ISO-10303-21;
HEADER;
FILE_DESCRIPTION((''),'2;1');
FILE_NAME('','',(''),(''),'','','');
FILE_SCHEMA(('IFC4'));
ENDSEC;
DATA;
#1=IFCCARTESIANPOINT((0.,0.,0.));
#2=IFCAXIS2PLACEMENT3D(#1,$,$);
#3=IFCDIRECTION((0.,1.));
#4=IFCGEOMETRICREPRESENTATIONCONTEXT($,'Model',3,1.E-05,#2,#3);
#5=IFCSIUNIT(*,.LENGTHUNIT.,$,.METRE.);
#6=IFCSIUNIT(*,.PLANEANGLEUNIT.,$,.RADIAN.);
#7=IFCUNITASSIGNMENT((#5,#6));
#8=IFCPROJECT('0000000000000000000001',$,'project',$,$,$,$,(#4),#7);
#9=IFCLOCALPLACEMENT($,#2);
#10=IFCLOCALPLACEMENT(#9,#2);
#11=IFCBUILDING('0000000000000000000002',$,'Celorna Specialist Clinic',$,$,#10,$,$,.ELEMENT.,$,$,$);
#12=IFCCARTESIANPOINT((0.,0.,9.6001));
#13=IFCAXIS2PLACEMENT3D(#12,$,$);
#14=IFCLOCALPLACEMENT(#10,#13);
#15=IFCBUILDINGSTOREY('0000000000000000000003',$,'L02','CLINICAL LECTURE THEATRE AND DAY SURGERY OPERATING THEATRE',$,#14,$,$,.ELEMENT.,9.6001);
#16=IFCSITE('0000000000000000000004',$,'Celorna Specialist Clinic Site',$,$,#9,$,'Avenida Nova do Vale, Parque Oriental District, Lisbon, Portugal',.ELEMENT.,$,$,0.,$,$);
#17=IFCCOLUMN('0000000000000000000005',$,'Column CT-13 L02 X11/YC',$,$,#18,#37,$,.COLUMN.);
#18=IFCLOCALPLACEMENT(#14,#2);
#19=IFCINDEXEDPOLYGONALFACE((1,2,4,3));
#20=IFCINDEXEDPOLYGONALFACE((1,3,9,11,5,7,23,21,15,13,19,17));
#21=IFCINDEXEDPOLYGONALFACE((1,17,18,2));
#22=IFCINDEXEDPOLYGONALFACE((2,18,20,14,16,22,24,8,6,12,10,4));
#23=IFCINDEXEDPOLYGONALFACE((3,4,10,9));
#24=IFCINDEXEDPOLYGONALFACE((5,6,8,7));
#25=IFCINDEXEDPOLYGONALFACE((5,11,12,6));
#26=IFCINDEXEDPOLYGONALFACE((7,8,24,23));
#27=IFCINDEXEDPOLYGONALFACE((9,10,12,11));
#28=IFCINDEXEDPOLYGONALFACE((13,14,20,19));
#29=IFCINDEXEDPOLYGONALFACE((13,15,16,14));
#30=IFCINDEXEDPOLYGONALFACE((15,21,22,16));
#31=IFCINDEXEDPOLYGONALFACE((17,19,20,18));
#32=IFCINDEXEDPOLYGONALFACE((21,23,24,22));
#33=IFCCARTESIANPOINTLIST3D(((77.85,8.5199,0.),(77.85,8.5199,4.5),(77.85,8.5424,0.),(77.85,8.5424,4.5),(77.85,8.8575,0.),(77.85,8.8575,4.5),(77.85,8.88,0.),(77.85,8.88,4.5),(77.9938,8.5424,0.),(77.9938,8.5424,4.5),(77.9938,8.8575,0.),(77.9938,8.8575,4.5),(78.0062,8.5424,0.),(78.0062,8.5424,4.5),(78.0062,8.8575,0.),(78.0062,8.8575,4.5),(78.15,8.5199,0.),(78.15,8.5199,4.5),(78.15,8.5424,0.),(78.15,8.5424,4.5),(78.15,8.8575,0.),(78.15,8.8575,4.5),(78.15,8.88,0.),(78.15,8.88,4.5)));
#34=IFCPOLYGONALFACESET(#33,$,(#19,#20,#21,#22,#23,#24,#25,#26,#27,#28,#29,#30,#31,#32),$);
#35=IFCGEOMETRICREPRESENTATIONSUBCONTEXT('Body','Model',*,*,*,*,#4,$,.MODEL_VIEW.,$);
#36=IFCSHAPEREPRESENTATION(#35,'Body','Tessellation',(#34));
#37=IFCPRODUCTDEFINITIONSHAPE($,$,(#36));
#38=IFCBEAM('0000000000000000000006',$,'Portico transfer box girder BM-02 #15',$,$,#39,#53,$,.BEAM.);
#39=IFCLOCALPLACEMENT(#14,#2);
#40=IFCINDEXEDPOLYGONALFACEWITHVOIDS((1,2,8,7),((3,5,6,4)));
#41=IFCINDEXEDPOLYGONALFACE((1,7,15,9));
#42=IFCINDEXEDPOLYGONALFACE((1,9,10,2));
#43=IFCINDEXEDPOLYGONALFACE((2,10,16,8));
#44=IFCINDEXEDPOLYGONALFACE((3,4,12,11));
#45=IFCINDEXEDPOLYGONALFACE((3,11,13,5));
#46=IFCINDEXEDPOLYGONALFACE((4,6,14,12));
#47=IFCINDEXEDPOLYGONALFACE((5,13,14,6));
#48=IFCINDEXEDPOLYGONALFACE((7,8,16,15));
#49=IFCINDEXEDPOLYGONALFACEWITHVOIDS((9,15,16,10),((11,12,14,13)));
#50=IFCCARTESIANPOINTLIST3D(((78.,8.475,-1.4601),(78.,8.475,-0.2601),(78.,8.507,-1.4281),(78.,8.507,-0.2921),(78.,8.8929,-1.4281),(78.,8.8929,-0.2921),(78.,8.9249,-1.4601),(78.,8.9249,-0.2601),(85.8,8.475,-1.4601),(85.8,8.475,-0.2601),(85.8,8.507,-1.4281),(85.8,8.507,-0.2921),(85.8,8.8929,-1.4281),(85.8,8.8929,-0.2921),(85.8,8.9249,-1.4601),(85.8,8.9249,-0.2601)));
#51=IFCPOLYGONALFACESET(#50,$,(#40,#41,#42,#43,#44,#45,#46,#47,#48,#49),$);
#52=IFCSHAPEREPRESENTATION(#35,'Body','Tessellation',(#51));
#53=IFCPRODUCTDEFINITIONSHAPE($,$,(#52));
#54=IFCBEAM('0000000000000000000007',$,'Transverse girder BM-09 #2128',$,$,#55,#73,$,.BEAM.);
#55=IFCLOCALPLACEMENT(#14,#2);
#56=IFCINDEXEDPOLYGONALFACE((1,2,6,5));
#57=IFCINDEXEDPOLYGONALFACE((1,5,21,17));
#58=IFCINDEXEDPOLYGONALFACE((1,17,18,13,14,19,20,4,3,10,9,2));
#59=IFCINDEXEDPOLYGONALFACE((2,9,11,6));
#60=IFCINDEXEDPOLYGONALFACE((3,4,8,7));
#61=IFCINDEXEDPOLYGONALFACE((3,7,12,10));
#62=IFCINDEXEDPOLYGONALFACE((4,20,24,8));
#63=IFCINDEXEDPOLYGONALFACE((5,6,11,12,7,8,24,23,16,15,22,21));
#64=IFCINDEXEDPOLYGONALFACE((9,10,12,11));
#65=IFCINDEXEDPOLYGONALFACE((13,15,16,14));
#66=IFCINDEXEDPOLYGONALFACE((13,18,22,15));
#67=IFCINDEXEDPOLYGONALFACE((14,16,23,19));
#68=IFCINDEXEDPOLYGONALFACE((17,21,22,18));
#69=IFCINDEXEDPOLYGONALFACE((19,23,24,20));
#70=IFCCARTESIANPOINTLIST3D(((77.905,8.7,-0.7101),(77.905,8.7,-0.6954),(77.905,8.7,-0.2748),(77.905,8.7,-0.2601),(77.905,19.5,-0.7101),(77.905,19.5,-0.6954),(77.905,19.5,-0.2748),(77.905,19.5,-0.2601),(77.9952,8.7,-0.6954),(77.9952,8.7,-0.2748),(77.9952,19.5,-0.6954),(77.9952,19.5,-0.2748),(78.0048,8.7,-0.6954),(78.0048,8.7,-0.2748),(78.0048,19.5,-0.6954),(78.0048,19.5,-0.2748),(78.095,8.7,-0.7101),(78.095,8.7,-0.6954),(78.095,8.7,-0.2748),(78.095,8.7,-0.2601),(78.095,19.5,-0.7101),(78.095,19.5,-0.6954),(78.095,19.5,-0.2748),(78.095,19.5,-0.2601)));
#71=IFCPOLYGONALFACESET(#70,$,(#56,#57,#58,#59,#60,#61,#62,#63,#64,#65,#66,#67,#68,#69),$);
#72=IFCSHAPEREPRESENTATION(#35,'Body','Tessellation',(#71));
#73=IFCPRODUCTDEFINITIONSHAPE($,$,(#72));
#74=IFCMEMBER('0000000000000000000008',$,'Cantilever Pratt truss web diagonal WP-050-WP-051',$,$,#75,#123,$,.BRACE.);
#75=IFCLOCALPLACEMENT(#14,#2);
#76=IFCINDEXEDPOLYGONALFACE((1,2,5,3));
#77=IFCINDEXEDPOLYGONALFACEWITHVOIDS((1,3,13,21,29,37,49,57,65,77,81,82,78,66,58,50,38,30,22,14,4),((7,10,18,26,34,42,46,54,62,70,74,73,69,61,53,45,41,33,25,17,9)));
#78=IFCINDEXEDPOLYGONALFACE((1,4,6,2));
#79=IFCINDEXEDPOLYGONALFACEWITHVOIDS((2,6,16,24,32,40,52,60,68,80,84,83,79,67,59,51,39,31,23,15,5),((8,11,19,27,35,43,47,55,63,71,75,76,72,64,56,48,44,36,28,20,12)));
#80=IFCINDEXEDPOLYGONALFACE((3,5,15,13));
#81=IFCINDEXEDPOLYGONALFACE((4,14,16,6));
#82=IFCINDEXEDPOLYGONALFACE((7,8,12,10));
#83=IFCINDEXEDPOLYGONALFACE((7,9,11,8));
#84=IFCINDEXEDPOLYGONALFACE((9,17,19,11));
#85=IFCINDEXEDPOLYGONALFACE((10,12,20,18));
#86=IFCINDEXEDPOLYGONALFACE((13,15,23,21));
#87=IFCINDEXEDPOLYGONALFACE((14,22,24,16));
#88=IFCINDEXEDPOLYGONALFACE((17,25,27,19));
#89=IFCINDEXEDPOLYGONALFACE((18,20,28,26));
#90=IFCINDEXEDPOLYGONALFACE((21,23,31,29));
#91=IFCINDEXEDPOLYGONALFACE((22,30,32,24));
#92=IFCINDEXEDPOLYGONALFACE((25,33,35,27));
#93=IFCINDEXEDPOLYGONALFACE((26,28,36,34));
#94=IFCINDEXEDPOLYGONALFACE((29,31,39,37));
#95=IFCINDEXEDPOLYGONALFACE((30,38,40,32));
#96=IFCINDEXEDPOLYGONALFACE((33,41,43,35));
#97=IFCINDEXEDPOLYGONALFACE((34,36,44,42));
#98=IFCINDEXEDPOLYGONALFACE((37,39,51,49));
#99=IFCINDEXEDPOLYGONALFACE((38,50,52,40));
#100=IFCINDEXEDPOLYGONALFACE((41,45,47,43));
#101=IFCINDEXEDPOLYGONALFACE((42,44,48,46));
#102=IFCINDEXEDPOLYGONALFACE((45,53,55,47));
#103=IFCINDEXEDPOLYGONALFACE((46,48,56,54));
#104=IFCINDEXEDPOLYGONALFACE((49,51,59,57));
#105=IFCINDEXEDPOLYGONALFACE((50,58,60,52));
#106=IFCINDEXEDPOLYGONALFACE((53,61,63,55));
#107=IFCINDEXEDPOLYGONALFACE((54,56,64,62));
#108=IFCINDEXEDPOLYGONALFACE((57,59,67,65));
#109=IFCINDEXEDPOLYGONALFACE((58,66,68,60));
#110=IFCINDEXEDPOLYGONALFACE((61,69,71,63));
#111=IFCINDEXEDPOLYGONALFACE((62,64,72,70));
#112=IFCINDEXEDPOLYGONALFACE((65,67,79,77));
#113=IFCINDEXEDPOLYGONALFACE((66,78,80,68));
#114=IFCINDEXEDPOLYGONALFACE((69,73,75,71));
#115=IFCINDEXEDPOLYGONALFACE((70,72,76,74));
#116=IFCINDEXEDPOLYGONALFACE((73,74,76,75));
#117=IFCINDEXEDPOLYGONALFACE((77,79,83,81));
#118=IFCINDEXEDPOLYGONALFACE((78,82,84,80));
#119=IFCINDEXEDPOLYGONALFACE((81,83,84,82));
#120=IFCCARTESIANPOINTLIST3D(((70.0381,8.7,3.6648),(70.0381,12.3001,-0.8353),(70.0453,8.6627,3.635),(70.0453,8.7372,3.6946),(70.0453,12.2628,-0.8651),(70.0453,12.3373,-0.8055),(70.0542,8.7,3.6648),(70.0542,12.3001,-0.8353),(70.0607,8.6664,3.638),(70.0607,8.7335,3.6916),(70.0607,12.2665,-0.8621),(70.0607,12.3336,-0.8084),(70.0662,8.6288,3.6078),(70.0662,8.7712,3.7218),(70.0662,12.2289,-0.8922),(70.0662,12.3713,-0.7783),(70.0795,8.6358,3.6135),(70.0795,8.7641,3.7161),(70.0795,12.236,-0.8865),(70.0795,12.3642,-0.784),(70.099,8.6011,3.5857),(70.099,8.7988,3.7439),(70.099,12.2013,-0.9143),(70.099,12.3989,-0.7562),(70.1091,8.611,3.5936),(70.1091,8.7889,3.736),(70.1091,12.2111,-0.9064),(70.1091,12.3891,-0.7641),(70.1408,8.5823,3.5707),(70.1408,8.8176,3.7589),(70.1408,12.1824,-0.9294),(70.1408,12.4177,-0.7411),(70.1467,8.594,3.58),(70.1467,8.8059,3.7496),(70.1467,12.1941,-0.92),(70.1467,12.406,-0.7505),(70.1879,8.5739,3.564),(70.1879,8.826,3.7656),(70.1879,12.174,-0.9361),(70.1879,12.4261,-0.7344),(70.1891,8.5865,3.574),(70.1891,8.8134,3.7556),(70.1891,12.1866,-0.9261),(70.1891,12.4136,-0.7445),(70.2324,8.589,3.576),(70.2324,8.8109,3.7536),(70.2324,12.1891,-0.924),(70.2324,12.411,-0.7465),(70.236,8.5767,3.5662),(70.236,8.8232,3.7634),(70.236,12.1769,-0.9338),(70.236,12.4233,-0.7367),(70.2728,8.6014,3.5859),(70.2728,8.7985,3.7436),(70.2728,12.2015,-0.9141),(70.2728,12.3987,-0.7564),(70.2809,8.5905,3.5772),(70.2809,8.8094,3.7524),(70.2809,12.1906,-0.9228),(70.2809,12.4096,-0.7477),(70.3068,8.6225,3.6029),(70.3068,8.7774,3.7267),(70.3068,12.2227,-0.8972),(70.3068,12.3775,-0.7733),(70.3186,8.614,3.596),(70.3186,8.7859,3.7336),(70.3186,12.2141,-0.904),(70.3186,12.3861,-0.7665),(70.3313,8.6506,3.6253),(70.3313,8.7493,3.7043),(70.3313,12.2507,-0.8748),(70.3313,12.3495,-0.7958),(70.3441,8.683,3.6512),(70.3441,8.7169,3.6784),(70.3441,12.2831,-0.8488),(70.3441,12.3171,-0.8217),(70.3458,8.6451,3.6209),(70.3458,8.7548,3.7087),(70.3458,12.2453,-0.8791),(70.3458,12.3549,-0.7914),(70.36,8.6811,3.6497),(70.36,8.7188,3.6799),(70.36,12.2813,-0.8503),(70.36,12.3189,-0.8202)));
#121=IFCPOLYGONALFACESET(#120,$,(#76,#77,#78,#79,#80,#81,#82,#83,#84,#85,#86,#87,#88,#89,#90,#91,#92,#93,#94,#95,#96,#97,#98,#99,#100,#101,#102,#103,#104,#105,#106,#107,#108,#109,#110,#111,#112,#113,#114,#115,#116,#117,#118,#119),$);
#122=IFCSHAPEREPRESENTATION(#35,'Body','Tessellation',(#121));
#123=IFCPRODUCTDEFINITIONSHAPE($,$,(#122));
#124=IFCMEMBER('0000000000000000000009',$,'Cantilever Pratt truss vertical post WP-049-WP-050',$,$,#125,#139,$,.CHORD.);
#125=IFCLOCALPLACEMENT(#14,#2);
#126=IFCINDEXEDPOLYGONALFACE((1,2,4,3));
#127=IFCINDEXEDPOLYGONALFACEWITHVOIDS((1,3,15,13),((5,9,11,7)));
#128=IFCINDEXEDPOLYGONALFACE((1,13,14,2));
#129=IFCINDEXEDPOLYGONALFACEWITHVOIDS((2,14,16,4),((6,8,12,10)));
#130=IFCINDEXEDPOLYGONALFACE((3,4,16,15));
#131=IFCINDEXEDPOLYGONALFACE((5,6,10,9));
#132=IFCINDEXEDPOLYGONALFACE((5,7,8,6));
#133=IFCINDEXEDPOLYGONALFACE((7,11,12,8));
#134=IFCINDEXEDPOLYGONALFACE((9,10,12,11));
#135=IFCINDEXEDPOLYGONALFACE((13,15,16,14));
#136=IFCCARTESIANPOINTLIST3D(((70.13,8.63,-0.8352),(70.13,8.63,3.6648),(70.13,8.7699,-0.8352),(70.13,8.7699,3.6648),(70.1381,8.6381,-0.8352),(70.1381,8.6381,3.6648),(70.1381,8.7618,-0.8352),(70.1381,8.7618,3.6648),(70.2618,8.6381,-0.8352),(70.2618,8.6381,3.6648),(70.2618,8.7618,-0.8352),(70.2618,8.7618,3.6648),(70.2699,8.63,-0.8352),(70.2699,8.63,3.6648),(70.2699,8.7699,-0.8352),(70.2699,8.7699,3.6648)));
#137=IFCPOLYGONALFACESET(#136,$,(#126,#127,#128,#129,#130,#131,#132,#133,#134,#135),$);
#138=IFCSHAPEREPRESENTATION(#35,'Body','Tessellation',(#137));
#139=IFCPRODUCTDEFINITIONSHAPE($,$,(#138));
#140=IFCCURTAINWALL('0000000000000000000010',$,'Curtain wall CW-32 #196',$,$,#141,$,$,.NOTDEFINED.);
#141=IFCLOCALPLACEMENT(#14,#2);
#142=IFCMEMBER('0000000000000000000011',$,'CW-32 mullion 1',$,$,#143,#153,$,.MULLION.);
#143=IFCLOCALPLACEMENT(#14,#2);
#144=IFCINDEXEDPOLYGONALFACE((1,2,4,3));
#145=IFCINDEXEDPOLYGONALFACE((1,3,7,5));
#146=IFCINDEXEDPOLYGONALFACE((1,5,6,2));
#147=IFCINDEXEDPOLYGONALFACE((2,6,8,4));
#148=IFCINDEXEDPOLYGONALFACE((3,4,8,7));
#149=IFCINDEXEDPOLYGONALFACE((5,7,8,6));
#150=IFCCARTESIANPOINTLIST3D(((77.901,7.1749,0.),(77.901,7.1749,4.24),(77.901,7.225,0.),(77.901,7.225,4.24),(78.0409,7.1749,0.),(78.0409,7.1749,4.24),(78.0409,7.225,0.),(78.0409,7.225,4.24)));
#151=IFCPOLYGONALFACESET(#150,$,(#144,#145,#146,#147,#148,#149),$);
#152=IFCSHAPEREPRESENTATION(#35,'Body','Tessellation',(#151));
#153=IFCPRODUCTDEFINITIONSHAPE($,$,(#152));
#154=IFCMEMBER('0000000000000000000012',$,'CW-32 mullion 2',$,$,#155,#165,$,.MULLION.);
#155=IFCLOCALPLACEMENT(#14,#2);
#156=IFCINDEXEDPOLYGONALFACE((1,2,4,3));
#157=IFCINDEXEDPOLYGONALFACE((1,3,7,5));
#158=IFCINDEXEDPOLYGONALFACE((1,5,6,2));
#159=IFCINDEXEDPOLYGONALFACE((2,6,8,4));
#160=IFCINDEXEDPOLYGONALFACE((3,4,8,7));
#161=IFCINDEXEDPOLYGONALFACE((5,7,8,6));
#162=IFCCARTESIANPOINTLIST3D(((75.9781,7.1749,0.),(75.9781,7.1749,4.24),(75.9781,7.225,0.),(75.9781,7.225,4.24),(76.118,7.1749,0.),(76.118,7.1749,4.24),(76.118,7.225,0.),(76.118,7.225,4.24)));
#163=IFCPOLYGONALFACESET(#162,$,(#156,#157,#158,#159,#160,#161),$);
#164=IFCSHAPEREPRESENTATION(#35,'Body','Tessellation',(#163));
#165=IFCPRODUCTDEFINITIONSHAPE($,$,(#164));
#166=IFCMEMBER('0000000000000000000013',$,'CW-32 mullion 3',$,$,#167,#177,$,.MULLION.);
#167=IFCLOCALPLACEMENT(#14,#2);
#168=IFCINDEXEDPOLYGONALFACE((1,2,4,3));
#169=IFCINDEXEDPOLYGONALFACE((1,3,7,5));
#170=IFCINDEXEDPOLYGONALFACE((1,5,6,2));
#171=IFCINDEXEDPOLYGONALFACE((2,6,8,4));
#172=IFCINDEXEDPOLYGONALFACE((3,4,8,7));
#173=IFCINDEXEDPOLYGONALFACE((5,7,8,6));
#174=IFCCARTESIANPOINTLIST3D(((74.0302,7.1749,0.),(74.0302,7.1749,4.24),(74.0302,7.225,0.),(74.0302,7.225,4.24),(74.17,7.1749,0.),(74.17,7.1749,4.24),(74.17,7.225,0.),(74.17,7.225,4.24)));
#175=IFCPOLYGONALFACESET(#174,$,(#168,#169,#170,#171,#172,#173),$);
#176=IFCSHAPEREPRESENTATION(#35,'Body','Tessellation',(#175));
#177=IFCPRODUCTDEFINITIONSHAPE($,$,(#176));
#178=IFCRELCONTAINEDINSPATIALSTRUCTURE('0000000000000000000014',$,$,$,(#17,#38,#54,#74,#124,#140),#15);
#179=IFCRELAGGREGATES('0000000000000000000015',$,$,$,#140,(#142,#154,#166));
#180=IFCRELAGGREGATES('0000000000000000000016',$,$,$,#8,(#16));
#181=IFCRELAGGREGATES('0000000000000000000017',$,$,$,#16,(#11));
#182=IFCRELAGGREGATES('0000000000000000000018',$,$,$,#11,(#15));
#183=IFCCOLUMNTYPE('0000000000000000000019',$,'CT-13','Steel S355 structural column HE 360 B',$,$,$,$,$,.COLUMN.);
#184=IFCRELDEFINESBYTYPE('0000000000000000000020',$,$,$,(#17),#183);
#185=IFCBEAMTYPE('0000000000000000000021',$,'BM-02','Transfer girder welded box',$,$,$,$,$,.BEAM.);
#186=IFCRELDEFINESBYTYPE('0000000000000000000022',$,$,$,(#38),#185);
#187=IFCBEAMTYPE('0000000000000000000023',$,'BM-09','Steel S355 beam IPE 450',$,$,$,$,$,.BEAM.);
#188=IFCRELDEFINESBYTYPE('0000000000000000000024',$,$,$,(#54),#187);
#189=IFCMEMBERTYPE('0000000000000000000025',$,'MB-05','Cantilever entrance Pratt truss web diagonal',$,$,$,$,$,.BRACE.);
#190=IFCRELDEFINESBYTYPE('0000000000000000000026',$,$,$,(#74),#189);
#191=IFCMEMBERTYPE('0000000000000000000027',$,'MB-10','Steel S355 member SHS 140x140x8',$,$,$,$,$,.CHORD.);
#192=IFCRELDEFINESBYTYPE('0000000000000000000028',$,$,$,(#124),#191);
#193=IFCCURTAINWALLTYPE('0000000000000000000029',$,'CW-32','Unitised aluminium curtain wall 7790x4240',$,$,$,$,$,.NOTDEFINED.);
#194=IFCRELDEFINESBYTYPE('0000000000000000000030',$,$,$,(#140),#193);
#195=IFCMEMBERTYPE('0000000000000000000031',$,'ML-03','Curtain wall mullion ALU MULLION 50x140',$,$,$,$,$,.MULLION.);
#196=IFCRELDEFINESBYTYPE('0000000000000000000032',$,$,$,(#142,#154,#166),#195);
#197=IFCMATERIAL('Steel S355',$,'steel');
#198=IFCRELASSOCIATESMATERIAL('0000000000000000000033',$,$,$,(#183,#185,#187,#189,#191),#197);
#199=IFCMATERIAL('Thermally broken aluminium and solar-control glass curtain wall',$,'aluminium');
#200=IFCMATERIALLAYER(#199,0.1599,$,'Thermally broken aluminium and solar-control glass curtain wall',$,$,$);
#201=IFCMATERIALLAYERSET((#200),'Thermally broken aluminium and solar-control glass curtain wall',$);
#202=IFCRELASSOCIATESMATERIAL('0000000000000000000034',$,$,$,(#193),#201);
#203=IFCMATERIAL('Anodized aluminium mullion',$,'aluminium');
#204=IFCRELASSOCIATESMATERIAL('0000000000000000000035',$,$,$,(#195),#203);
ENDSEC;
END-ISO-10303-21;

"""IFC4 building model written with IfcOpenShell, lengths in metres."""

from ifc_helpers import new_model, si_unit, direction, frame, origin, origin_2d, place, context, subcontext, project, spatial, rectangle, hollow_rectangle, hollow_circle, i_section, extrude, material, layer, layer_set, material_profile, profile_set, type_object, element, aggregate, save


model = new_model("IFC4")

# Units and contexts
model_context = context("Model", 3, precision=1e-05, world=origin(), true_north=direction((0.0, 1.0)))
body_context = subcontext(model_context, "Body", "Model", "MODEL_VIEW")
ifc_project = project(units=[si_unit("LENGTHUNIT", "METRE"), si_unit("PLANEANGLEUNIT", "RADIAN")], contexts=[model_context])

# Site, building, storey
site_placement = place(None, origin())
site = spatial("IfcSite", under=ifc_project, at=site_placement, Name="Celorna Specialist Clinic Site", LongName="Avenida Nova do Vale, Parque Oriental District, Lisbon, Portugal", CompositionType="ELEMENT", RefElevation=0.0)
building_placement = place(site_placement, origin())
building = spatial("IfcBuilding", under=site, at=building_placement, Name="Celorna Specialist Clinic", CompositionType="ELEMENT")
storey_placement = place(building_placement, frame((0.0, 0.0, 9.6001)))
storey = spatial("IfcBuildingStorey", under=building, at=storey_placement, Name="L02", Description="CLINICAL LECTURE THEATRE AND DAY SURGERY OPERATING THEATRE", CompositionType="ELEMENT", Elevation=9.6001)

# Column
ifc_material_1 = material(Name="Steel S355", Category="steel")
ifc_material_profile_1 = material_profile(ifc_material_1, i_section(OverallWidth=0.3, OverallDepth=0.3601, WebThickness=0.0125, FlangeThickness=0.0225, at=origin_2d()), Name="HE 360 B")
ifc_profile_set_1 = profile_set([ifc_material_profile_1], Name="Steel S355")
column_type = type_object("IfcColumnType", Name="CT-13", Description="Steel S355 structural column HE 360 B", PredefinedType="COLUMN", material=ifc_profile_set_1)
column_placement = place(storey_placement, frame((78.0, 8.7, 0.0), z_axis=(0.0, 0.0, 1.0), x_axis=(1.0, 0.0, 0.0)))
element("IfcColumn", 1, at=column_placement, inside=storey, type_object=column_type, Name="Column CT-13 L02 X11/YC", PredefinedType="COLUMN", context=body_context, shape_type="SweptSolid", body=[
    extrude(i_section(OverallWidth=0.3, OverallDepth=0.3601, WebThickness=0.0125, FlangeThickness=0.0225, at=origin_2d()), origin(), (0.0, 0.0, 1.0), 4.5),
])

# Beams
ifc_material_profile_2 = material_profile(ifc_material_1, hollow_rectangle(XDim=0.45, YDim=1.2, WallThickness=0.032, at=origin_2d()), Name="BOX 450x1200x32")
ifc_profile_set_2 = profile_set([ifc_material_profile_2], Name="Steel S355")
beam_type_1 = type_object("IfcBeamType", Name="BM-02", Description="Transfer girder welded box", PredefinedType="BEAM", material=ifc_profile_set_2)
beam_1_placement = place(storey_placement, frame((78.0, 8.7, -0.8601), z_axis=(1.0, 0.0, 0.0), x_axis=(0.0, 1.0, 0.0)))
element("IfcBeam", 2, at=beam_1_placement, inside=storey, type_object=beam_type_1, Name="Portico transfer box girder BM-02 #15", PredefinedType="BEAM", context=body_context, shape_type="SweptSolid", body=[
    extrude(hollow_rectangle(XDim=0.45, YDim=1.2, WallThickness=0.032, at=origin_2d()), origin(), (0.0, 0.0, 1.0), 7.8),
])
ifc_material_profile_3 = material_profile(ifc_material_1, i_section(OverallWidth=0.1899, OverallDepth=0.45, WebThickness=0.0095, FlangeThickness=0.0146, at=origin_2d()), Name="IPE 450")
ifc_profile_set_3 = profile_set([ifc_material_profile_3], Name="Steel S355")
beam_type_2 = type_object("IfcBeamType", Name="BM-09", Description="Steel S355 beam IPE 450", PredefinedType="BEAM", material=ifc_profile_set_3)
beam_2_placement = place(storey_placement, frame((78.0, 8.7, -0.4851), z_axis=(0.0, 1.0, 0.0), x_axis=(-1.0, 0.0, 0.0)))
element("IfcBeam", 3, at=beam_2_placement, inside=storey, type_object=beam_type_2, Name="Transverse girder BM-09 #2128", PredefinedType="BEAM", context=body_context, shape_type="SweptSolid", body=[
    extrude(i_section(OverallWidth=0.1899, OverallDepth=0.45, WebThickness=0.0095, FlangeThickness=0.0146, at=origin_2d()), origin(), (0.0, 0.0, 1.0), 10.8),
])

# Members
ifc_material_profile_4 = material_profile(ifc_material_1, hollow_circle(Radius=0.1619, WallThickness=0.0161, at=origin_2d()), Name="CHS 323.9x16")
ifc_profile_set_4 = profile_set([ifc_material_profile_4], Name="Steel S355")
member_type_1 = type_object("IfcMemberType", Name="MB-05", Description="Cantilever entrance Pratt truss web diagonal", PredefinedType="BRACE", material=ifc_profile_set_4)
member_1_placement = place(storey_placement, frame((70.2, 8.7, 3.6648), z_axis=(0.0, 0.624705, -0.780861), x_axis=(-1.0, 0.0, 0.0)))
element("IfcMember", 4, at=member_1_placement, inside=storey, type_object=member_type_1, Name="Cantilever Pratt truss web diagonal WP-050-WP-051", PredefinedType="BRACE", context=body_context, shape_type="SweptSolid", body=[
    extrude(hollow_circle(Radius=0.1619, WallThickness=0.0161, at=origin_2d()), origin(), (0.0, 0.0, 1.0), 5.7629),
])
ifc_material_profile_5 = material_profile(ifc_material_1, hollow_rectangle(XDim=0.1399, YDim=0.1399, WallThickness=0.0081, at=origin_2d()), Name="SHS 140x140x8")
ifc_profile_set_5 = profile_set([ifc_material_profile_5], Name="Steel S355")
member_type_2 = type_object("IfcMemberType", Name="MB-10", Description="Steel S355 member SHS 140x140x8", PredefinedType="CHORD", material=ifc_profile_set_5)
member_2_placement = place(storey_placement, frame((70.2, 8.7, -0.8352), z_axis=(0.0, 0.0, 1.0), x_axis=(1.0, 0.0, 0.0)))
element("IfcMember", 5, at=member_2_placement, inside=storey, type_object=member_type_2, Name="Cantilever Pratt truss vertical post WP-049-WP-050", PredefinedType="CHORD", context=body_context, shape_type="SweptSolid", body=[
    extrude(hollow_rectangle(XDim=0.1399, YDim=0.1399, WallThickness=0.0081, at=origin_2d()), origin(), (0.0, 0.0, 1.0), 4.5),
])

# Curtain wall, members
ifc_material_2 = material(Name="Thermally broken aluminium and solar-control glass curtain wall", Category="aluminium")
ifc_layer_1 = layer(ifc_material_2, 0.1599, Name="Thermally broken aluminium and solar-control glass curtain wall")
ifc_layer_set_1 = layer_set([ifc_layer_1], Name="Thermally broken aluminium and solar-control glass curtain wall")
curtain_wall_type = type_object("IfcCurtainWallType", Name="CW-32", Description="Unitised aluminium curtain wall 7790x4240", PredefinedType="NOTDEFINED", material=ifc_layer_set_1)
curtain_wall_placement = place(storey_placement, origin())
curtain_wall = element("IfcCurtainWall", 6, at=curtain_wall_placement, inside=storey, type_object=curtain_wall_type, Name="Curtain wall CW-32 #196", PredefinedType="NOTDEFINED")
ifc_material_3 = material(Name="Anodized aluminium mullion", Category="aluminium")
ifc_material_profile_6 = material_profile(ifc_material_3, rectangle(XDim=0.05, YDim=0.1399, at=origin_2d()), Name="ALU MULLION 50x140")
ifc_profile_set_6 = profile_set([ifc_material_profile_6], Name="Anodized aluminium mullion")
member_type_3 = type_object("IfcMemberType", Name="ML-03", Description="Curtain wall mullion ALU MULLION 50x140", PredefinedType="MULLION", material=ifc_profile_set_6)
member_3_placement = place(storey_placement, frame((77.9709, 7.2, 0.0), z_axis=(0.0, 0.0, 1.0), x_axis=(0.0, -1.0, 0.0)))
member_3 = element("IfcMember", 7, at=member_3_placement, type_object=member_type_3, Name="CW-32 mullion 1", PredefinedType="MULLION", context=body_context, shape_type="SweptSolid", body=[
    extrude(rectangle(XDim=0.05, YDim=0.1399, at=origin_2d()), origin(), (0.0, 0.0, 1.0), 4.24),
])
member_4_placement = place(storey_placement, frame((76.0481, 7.2, 0.0), z_axis=(0.0, 0.0, 1.0), x_axis=(0.0, -1.0, 0.0)))
member_4 = element("IfcMember", 8, at=member_4_placement, type_object=member_type_3, Name="CW-32 mullion 2", PredefinedType="MULLION", context=body_context, shape_type="SweptSolid", body=[
    extrude(rectangle(XDim=0.05, YDim=0.1399, at=origin_2d()), origin(), (0.0, 0.0, 1.0), 4.24),
])
member_5_placement = place(storey_placement, frame((74.1001, 7.2, 0.0), z_axis=(0.0, 0.0, 1.0), x_axis=(0.0, -1.0, 0.0)))
member_5 = element("IfcMember", 9, at=member_5_placement, type_object=member_type_3, Name="CW-32 mullion 3", PredefinedType="MULLION", context=body_context, shape_type="SweptSolid", body=[
    extrude(rectangle(XDim=0.05, YDim=0.1399, at=origin_2d()), origin(), (0.0, 0.0, 1.0), 4.24),
])
aggregate(curtain_wall, [member_3, member_4, member_5])

save(model, "model.ifc")
